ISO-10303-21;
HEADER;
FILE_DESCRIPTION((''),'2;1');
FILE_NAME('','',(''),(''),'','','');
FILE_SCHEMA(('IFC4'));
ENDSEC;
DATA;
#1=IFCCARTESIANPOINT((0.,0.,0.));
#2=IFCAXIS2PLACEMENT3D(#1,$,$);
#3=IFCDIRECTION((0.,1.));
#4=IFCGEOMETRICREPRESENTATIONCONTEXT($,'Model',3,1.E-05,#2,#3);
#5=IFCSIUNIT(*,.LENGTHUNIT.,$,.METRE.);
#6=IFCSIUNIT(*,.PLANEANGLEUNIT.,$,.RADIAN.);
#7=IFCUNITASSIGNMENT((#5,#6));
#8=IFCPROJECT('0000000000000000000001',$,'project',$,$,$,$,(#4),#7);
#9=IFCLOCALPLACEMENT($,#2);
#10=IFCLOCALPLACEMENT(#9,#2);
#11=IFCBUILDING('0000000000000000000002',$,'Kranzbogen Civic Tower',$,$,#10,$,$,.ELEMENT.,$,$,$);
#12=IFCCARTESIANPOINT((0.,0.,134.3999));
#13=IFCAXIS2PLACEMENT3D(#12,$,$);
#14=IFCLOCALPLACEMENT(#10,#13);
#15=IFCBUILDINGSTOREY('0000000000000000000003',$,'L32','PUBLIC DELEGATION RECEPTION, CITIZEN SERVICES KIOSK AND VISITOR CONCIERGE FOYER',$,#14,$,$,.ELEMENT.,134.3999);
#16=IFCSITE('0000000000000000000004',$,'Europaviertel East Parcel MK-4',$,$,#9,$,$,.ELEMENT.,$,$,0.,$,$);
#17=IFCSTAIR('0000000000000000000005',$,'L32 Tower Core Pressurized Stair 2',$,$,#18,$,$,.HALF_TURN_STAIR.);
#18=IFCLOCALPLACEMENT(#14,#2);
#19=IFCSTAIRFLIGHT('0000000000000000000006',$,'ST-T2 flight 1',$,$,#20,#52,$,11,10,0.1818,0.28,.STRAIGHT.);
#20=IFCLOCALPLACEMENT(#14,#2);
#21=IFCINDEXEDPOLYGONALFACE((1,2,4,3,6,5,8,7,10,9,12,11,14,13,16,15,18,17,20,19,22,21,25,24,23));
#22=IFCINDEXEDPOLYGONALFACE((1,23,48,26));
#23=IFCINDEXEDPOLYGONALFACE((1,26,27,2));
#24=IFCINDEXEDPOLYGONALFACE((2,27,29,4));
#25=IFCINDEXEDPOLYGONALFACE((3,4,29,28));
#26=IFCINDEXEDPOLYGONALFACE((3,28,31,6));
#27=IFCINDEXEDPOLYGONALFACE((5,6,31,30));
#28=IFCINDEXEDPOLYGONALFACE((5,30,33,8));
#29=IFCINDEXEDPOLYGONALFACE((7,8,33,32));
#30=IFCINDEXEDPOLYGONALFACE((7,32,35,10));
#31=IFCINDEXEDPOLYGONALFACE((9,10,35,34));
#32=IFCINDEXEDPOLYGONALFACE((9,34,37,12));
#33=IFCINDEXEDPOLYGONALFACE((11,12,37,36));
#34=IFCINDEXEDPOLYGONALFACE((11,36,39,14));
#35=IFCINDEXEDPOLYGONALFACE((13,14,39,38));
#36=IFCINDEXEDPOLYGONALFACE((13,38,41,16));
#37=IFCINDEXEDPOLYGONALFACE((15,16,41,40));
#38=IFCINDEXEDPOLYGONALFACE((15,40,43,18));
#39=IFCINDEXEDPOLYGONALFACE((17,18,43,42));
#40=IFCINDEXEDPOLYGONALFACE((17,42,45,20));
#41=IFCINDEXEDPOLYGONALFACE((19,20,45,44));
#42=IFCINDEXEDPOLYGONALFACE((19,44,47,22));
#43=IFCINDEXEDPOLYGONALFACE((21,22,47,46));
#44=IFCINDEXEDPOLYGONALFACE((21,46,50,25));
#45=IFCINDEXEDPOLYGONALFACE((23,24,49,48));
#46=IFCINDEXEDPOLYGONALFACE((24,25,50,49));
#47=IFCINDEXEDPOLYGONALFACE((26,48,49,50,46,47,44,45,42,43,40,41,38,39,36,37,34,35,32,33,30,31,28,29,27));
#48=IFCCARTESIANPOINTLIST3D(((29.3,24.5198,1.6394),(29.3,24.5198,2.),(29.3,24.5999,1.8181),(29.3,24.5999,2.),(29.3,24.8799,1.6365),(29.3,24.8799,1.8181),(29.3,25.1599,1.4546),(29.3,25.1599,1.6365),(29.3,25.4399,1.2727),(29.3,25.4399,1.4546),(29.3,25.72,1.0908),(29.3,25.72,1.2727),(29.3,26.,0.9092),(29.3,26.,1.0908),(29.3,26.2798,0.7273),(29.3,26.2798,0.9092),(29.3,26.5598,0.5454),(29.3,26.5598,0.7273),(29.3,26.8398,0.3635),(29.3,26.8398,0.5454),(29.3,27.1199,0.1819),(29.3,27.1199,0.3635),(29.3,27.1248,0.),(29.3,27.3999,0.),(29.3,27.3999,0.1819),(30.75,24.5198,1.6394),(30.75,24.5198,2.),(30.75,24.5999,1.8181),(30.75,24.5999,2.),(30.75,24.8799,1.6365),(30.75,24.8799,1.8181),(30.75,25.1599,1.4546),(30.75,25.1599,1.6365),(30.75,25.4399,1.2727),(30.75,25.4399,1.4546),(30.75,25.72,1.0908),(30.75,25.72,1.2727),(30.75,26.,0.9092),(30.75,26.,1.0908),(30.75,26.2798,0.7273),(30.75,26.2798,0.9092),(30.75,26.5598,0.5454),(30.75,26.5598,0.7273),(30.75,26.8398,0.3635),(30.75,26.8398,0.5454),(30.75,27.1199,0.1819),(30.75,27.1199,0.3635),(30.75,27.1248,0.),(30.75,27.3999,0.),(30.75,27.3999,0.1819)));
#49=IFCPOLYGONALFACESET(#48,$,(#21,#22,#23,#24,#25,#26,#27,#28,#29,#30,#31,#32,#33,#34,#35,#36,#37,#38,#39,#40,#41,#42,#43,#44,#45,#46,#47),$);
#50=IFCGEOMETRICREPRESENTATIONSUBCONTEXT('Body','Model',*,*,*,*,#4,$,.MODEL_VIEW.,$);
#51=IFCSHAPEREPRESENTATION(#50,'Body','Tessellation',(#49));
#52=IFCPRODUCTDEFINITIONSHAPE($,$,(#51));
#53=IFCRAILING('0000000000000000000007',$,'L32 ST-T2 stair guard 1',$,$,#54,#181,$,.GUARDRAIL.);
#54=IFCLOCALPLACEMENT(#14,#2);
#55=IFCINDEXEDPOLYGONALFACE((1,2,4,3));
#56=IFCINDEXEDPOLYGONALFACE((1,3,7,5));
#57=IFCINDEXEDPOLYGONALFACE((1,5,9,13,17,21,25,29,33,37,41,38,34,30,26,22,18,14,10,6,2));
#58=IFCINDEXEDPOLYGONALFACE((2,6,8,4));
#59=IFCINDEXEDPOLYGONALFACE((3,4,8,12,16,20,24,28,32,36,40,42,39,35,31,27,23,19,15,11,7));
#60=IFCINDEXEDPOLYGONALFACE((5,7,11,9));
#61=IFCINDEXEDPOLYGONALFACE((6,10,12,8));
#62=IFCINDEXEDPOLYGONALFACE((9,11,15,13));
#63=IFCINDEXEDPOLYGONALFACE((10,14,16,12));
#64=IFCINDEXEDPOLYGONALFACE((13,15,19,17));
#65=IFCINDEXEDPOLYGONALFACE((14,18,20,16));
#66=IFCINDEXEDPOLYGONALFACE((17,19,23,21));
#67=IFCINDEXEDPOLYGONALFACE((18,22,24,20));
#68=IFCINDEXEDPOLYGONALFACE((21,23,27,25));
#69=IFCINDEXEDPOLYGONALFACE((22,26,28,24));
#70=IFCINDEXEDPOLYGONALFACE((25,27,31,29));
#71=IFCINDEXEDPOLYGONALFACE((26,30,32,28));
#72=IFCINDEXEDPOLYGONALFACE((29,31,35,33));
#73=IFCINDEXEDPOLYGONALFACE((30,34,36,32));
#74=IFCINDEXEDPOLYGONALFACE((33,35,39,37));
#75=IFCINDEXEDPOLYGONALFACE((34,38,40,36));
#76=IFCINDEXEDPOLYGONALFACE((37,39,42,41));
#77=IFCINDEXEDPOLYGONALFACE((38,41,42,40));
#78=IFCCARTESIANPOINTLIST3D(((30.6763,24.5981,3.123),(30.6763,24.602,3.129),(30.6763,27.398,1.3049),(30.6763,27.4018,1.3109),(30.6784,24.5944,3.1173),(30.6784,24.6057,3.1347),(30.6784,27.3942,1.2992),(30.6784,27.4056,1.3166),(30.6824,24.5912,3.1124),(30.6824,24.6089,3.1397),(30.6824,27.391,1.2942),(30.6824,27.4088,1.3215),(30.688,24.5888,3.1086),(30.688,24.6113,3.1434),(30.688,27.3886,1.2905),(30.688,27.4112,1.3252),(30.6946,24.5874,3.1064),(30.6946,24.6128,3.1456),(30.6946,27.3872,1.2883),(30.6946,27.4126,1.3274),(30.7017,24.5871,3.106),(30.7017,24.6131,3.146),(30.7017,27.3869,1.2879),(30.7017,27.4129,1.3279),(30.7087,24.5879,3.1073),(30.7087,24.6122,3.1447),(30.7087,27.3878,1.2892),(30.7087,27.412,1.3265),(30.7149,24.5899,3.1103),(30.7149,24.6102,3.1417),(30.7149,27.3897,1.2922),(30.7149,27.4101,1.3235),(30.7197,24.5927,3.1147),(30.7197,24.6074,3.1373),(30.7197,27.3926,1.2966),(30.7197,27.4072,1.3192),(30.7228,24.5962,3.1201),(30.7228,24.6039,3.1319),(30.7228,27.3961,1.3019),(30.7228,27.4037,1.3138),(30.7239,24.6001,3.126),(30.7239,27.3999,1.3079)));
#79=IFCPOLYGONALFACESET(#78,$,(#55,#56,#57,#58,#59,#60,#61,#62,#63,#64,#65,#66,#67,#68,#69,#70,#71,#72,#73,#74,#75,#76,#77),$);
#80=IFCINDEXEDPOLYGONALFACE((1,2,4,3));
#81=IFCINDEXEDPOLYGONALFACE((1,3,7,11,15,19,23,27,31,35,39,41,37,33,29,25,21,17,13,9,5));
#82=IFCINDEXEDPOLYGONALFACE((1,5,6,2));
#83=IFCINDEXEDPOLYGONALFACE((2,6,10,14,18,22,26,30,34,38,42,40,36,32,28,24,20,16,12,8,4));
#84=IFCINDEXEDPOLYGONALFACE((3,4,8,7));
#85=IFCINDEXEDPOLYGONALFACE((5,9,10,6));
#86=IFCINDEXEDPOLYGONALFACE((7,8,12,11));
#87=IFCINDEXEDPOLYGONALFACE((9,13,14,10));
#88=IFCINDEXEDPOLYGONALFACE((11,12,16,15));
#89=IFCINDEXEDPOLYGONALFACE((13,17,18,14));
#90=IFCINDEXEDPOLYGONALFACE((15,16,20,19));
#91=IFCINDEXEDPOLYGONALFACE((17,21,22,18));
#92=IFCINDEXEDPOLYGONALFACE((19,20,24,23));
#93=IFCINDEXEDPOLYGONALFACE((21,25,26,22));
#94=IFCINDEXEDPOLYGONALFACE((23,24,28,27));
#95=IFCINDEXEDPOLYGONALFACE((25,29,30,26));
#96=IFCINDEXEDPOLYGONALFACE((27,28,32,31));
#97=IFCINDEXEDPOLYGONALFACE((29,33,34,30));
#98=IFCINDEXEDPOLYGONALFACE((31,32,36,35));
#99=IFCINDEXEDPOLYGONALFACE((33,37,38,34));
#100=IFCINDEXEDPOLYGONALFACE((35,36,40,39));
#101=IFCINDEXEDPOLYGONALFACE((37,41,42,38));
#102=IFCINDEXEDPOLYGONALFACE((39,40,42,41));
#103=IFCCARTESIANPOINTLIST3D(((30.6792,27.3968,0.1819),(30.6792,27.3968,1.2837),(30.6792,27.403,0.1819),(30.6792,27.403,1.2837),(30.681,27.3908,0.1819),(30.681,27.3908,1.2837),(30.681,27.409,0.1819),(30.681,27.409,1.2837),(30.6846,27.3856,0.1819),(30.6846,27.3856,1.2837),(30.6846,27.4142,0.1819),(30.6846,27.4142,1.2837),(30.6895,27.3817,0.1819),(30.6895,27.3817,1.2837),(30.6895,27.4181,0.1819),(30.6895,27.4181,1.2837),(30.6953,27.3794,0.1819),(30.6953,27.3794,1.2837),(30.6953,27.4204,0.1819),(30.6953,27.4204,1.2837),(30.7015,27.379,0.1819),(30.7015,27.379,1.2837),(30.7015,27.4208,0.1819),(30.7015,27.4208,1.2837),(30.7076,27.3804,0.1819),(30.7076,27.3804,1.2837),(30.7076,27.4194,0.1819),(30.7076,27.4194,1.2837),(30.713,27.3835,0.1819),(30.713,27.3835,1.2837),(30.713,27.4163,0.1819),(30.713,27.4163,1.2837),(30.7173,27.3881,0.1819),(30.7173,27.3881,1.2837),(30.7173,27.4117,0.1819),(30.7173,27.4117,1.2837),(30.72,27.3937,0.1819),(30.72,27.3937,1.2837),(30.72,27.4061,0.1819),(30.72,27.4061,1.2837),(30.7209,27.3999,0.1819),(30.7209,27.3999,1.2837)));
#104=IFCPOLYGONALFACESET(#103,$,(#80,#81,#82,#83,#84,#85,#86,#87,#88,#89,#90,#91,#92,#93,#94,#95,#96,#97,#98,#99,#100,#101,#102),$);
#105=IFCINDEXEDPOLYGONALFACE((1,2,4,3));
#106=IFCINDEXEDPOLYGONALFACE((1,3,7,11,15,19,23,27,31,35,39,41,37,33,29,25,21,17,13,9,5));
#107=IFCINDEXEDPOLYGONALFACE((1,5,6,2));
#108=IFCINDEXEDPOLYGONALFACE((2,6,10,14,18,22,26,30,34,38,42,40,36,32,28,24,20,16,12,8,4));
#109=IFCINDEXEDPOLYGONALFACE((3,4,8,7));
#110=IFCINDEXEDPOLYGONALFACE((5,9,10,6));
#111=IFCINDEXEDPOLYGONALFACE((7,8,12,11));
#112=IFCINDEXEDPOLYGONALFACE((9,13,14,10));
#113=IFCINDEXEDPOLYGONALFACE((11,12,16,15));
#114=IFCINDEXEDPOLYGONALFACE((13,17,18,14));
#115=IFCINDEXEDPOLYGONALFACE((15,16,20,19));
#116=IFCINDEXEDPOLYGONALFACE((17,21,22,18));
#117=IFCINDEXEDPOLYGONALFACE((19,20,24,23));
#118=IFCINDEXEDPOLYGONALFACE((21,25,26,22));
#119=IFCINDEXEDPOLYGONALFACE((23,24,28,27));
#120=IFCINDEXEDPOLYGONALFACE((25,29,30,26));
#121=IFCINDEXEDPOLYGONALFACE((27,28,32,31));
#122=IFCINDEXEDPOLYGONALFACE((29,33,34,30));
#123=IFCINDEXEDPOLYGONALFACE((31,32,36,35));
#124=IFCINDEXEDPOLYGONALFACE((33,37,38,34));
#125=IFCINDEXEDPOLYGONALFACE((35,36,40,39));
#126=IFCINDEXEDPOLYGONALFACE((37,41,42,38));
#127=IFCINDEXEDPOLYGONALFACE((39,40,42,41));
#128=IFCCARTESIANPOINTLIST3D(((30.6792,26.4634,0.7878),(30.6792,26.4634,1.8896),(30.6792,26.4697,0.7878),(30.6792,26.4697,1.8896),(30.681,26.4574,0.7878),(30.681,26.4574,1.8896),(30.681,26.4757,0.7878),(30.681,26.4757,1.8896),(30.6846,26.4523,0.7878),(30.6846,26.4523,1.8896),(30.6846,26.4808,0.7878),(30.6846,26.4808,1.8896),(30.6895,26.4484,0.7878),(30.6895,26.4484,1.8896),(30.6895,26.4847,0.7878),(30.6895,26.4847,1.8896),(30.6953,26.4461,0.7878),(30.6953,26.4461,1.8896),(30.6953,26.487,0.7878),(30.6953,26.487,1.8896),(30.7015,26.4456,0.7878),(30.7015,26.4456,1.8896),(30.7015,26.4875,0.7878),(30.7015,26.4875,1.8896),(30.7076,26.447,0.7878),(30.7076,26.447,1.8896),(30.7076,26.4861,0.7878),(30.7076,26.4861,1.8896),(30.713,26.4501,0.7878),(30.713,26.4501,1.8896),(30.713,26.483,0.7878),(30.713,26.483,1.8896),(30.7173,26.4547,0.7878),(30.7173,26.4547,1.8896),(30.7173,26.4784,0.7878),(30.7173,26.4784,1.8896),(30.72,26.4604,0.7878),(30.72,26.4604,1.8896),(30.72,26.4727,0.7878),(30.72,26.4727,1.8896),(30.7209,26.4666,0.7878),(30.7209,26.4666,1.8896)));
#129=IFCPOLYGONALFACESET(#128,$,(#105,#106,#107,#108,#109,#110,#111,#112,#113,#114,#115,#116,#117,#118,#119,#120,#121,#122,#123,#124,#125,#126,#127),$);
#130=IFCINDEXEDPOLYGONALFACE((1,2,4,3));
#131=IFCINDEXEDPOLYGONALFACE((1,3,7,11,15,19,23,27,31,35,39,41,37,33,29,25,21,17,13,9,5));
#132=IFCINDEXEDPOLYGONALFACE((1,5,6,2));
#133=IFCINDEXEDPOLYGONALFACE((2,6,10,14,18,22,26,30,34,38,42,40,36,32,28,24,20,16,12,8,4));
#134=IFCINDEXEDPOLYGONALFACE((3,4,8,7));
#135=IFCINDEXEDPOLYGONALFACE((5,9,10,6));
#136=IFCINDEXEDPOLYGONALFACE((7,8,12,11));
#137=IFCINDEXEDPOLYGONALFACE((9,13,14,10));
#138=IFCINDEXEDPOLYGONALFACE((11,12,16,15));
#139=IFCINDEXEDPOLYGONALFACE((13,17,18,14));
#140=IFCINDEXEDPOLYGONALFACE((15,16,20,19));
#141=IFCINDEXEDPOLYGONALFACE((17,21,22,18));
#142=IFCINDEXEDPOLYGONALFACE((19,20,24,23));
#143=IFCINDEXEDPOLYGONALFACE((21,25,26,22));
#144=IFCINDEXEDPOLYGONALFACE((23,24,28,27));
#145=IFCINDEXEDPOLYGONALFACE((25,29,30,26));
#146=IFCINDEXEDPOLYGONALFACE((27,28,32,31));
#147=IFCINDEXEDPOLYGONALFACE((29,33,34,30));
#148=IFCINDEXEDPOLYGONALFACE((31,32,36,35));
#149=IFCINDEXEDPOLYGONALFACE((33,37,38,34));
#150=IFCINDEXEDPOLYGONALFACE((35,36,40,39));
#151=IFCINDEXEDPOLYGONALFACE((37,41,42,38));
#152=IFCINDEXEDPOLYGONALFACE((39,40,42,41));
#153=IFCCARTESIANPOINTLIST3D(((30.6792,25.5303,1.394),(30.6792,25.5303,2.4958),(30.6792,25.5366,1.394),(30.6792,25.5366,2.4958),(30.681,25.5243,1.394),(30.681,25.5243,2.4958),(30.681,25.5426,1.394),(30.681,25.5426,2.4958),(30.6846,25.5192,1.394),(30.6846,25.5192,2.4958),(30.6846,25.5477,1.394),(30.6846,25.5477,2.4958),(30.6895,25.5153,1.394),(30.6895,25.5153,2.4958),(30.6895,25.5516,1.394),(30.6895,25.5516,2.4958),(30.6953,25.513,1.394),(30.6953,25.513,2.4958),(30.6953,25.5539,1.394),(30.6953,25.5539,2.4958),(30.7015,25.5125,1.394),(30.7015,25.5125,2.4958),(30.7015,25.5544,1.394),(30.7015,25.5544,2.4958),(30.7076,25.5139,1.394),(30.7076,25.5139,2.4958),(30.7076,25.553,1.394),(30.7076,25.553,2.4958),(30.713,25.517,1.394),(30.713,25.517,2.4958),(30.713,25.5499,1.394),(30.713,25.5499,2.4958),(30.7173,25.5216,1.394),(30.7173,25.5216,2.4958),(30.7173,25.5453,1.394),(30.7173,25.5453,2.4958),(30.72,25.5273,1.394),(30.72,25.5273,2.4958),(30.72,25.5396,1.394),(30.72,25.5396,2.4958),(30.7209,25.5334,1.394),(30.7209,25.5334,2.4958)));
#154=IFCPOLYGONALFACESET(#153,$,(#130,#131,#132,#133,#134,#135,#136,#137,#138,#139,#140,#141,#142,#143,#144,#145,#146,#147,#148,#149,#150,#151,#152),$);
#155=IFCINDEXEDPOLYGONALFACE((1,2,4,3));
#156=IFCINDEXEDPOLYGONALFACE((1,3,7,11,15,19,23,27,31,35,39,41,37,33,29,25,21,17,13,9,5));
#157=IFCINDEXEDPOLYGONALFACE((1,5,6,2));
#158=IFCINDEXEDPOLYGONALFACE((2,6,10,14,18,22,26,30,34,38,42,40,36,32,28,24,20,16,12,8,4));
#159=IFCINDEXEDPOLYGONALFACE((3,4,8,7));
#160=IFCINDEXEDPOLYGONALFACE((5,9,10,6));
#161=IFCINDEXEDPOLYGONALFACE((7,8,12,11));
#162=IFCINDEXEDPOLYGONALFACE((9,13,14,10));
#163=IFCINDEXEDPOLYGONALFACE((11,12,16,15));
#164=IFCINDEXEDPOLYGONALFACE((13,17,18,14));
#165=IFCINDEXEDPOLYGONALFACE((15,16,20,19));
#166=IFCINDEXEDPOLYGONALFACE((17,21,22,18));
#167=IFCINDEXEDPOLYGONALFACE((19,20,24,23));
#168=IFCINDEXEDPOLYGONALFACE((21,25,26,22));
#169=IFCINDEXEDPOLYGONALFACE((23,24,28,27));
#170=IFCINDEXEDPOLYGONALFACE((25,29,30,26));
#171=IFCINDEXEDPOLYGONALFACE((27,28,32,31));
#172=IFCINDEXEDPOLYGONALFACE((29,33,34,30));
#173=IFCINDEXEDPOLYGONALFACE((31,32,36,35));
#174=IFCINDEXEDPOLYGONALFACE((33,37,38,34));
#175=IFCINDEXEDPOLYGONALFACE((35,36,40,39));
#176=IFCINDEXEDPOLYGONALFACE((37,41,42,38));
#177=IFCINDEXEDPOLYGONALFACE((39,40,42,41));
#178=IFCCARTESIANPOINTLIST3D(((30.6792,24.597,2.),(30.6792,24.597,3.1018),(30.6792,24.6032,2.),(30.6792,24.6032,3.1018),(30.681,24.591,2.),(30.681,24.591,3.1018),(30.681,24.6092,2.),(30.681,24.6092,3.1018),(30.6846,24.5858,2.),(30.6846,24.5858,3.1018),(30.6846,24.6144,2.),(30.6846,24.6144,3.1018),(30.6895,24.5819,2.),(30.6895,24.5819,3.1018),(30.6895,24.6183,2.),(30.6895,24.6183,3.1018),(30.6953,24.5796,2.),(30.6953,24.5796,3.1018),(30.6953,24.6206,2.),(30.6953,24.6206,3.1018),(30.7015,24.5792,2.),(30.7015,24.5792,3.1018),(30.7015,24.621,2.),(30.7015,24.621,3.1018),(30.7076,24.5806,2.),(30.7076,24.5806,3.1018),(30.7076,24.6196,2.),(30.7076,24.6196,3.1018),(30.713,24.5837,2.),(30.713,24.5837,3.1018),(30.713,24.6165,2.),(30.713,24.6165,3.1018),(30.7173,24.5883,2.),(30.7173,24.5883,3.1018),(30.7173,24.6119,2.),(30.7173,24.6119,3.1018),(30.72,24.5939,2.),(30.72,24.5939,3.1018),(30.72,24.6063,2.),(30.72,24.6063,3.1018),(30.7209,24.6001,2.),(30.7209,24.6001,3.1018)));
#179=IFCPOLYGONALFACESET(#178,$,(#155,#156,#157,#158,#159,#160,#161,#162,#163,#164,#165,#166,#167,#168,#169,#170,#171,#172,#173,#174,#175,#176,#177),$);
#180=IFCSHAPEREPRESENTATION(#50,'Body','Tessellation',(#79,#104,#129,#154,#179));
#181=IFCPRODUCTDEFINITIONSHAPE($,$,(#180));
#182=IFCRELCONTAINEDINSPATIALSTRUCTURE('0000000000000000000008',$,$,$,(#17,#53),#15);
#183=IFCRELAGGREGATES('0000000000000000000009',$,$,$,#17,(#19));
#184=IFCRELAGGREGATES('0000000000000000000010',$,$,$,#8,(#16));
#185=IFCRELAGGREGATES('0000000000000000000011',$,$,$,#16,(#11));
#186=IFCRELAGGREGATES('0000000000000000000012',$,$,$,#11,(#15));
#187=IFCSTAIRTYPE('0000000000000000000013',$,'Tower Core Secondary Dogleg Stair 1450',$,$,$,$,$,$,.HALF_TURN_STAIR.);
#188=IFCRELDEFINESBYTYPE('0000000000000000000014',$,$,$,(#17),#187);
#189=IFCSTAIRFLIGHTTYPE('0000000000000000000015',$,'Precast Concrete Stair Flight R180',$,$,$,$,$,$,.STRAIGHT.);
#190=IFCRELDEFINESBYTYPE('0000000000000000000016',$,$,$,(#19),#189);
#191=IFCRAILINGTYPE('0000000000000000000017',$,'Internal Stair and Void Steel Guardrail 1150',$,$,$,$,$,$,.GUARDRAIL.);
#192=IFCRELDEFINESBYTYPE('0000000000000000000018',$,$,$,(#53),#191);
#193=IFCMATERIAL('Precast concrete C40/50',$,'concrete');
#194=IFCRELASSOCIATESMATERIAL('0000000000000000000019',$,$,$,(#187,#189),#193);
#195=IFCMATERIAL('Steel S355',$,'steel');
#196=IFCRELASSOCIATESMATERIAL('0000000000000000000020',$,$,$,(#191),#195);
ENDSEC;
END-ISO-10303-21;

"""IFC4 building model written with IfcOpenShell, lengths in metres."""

from ifc_helpers import new_model, si_unit, direction, frame, origin, origin_2d, place, context, subcontext, project, spatial, polyline, circle, outline, extrude, material, type_object, element, aggregate, save


model = new_model("IFC4")

# Units and contexts
model_context = context("Model", 3, precision=1e-05, world=origin(), true_north=direction((0.0, 1.0)))
body_context = subcontext(model_context, "Body", "Model", "MODEL_VIEW")
ifc_project = project(units=[si_unit("LENGTHUNIT", "METRE"), si_unit("PLANEANGLEUNIT", "RADIAN")], contexts=[model_context])

# Site, building, storey
site_placement = place(None, origin())
site = spatial("IfcSite", under=ifc_project, at=site_placement, Name="Europaviertel East Parcel MK-4", CompositionType="ELEMENT", RefElevation=0.0)
building_placement = place(site_placement, origin())
building = spatial("IfcBuilding", under=site, at=building_placement, Name="Kranzbogen Civic Tower", CompositionType="ELEMENT")
storey_placement = place(building_placement, frame((0.0, 0.0, 134.3999)))
storey = spatial("IfcBuildingStorey", under=building, at=storey_placement, Name="L32", Description="PUBLIC DELEGATION RECEPTION, CITIZEN SERVICES KIOSK AND VISITOR CONCIERGE FOYER", CompositionType="ELEMENT", Elevation=134.3999)

# Shared definitions
ifc_material_1 = material(Name="Steel S355", Category="steel")

# Stair, stair flight
ifc_material_2 = material(Name="Precast concrete C40/50", Category="concrete")
stair_type = type_object("IfcStairType", Name="Tower Core Secondary Dogleg Stair 1450", PredefinedType="HALF_TURN_STAIR", material=ifc_material_2)
stair_placement = place(storey_placement, origin())
stair = element("IfcStair", 1, at=stair_placement, inside=storey, type_object=stair_type, Name="L32 Tower Core Pressurized Stair 2", PredefinedType="HALF_TURN_STAIR")
stair_flight_type = type_object("IfcStairFlightType", Name="Precast Concrete Stair Flight R180", PredefinedType="STRAIGHT", material=ifc_material_2)
stair_flight_placement = place(storey_placement, frame((30.0249, 27.3999, 0.0), z_axis=(0.0, 0.0, 1.0), x_axis=(0.0, -1.0, 0.0)))
stair_flight = element("IfcStairFlight", 2, at=stair_flight_placement, type_object=stair_flight_type, Name="ST-T2 flight 1", NumberOfRisers=11, NumberOfTreads=10, PredefinedType="STRAIGHT", RiserHeight=0.1818, TreadLength=0.28, context=body_context, shape_type="SweptSolid", body=[
    extrude(outline(polyline([(0.0, 0.0), (0.0, 0.1819), (0.28, 0.1819), (0.28, 0.3635), (0.5601, 0.3635), (0.5601, 0.5454), (0.8401, 0.5454), (0.8401, 0.7273), (1.1201, 0.7273), (1.1201, 0.9092), (1.3999, 0.9092), (1.3999, 1.0908), (1.6799, 1.0908), (1.6799, 1.2727), (1.96, 1.2727), (1.96, 1.4546), (2.24, 1.4546), (2.24, 1.6365), (2.52, 1.6365), (2.52, 1.8181), (2.8, 1.8181), (2.8, 2.0), (2.8801, 2.0), (2.8801, 1.6394), (0.2751, 0.0), (0.0, 0.0)])), frame((0.0, 0.7251, 0.0), z_axis=(0.0, -1.0, 0.0), x_axis=(1.0, 0.0, 0.0)), (0.0, 0.0, 1.0), 1.45),
])
aggregate(stair, [stair_flight])

# Railing
railing_type_1 = type_object("IfcRailingType", Name="Internal Stair and Void Steel Guardrail 1150", PredefinedType="GUARDRAIL", material=ifc_material_1)
railing_1_placement = place(storey_placement, frame((30.7, 27.3999, 0.1819)))
element("IfcRailing", 3, at=railing_1_placement, inside=storey, type_object=railing_type_1, Name="L32 ST-T2 stair guard 1", PredefinedType="GUARDRAIL", context=body_context, shape_type="SweptSolid", body=[
    extrude(circle(Radius=0.0239, at=origin_2d()), frame((0.0, 0.0, 1.126), z_axis=(0.0, -0.838684, 0.544618), x_axis=(1.0, 0.0, 0.0)), (0.0, 0.0, 1.0), 3.3384),
    extrude(circle(Radius=0.021, at=origin_2d()), origin(), (0.0, 0.0, 1.0), 1.1018),
    extrude(circle(Radius=0.021, at=origin_2d()), frame((0.0, -0.9333, 0.606)), (0.0, 0.0, 1.0), 1.1018),
    extrude(circle(Radius=0.021, at=origin_2d()), frame((0.0, -1.8665, 1.2122)), (0.0, 0.0, 1.0), 1.1018),
    extrude(circle(Radius=0.021, at=origin_2d()), frame((0.0, -2.7998, 1.8181)), (0.0, 0.0, 1.0), 1.1018),
])

save(model, "model.ifc")
